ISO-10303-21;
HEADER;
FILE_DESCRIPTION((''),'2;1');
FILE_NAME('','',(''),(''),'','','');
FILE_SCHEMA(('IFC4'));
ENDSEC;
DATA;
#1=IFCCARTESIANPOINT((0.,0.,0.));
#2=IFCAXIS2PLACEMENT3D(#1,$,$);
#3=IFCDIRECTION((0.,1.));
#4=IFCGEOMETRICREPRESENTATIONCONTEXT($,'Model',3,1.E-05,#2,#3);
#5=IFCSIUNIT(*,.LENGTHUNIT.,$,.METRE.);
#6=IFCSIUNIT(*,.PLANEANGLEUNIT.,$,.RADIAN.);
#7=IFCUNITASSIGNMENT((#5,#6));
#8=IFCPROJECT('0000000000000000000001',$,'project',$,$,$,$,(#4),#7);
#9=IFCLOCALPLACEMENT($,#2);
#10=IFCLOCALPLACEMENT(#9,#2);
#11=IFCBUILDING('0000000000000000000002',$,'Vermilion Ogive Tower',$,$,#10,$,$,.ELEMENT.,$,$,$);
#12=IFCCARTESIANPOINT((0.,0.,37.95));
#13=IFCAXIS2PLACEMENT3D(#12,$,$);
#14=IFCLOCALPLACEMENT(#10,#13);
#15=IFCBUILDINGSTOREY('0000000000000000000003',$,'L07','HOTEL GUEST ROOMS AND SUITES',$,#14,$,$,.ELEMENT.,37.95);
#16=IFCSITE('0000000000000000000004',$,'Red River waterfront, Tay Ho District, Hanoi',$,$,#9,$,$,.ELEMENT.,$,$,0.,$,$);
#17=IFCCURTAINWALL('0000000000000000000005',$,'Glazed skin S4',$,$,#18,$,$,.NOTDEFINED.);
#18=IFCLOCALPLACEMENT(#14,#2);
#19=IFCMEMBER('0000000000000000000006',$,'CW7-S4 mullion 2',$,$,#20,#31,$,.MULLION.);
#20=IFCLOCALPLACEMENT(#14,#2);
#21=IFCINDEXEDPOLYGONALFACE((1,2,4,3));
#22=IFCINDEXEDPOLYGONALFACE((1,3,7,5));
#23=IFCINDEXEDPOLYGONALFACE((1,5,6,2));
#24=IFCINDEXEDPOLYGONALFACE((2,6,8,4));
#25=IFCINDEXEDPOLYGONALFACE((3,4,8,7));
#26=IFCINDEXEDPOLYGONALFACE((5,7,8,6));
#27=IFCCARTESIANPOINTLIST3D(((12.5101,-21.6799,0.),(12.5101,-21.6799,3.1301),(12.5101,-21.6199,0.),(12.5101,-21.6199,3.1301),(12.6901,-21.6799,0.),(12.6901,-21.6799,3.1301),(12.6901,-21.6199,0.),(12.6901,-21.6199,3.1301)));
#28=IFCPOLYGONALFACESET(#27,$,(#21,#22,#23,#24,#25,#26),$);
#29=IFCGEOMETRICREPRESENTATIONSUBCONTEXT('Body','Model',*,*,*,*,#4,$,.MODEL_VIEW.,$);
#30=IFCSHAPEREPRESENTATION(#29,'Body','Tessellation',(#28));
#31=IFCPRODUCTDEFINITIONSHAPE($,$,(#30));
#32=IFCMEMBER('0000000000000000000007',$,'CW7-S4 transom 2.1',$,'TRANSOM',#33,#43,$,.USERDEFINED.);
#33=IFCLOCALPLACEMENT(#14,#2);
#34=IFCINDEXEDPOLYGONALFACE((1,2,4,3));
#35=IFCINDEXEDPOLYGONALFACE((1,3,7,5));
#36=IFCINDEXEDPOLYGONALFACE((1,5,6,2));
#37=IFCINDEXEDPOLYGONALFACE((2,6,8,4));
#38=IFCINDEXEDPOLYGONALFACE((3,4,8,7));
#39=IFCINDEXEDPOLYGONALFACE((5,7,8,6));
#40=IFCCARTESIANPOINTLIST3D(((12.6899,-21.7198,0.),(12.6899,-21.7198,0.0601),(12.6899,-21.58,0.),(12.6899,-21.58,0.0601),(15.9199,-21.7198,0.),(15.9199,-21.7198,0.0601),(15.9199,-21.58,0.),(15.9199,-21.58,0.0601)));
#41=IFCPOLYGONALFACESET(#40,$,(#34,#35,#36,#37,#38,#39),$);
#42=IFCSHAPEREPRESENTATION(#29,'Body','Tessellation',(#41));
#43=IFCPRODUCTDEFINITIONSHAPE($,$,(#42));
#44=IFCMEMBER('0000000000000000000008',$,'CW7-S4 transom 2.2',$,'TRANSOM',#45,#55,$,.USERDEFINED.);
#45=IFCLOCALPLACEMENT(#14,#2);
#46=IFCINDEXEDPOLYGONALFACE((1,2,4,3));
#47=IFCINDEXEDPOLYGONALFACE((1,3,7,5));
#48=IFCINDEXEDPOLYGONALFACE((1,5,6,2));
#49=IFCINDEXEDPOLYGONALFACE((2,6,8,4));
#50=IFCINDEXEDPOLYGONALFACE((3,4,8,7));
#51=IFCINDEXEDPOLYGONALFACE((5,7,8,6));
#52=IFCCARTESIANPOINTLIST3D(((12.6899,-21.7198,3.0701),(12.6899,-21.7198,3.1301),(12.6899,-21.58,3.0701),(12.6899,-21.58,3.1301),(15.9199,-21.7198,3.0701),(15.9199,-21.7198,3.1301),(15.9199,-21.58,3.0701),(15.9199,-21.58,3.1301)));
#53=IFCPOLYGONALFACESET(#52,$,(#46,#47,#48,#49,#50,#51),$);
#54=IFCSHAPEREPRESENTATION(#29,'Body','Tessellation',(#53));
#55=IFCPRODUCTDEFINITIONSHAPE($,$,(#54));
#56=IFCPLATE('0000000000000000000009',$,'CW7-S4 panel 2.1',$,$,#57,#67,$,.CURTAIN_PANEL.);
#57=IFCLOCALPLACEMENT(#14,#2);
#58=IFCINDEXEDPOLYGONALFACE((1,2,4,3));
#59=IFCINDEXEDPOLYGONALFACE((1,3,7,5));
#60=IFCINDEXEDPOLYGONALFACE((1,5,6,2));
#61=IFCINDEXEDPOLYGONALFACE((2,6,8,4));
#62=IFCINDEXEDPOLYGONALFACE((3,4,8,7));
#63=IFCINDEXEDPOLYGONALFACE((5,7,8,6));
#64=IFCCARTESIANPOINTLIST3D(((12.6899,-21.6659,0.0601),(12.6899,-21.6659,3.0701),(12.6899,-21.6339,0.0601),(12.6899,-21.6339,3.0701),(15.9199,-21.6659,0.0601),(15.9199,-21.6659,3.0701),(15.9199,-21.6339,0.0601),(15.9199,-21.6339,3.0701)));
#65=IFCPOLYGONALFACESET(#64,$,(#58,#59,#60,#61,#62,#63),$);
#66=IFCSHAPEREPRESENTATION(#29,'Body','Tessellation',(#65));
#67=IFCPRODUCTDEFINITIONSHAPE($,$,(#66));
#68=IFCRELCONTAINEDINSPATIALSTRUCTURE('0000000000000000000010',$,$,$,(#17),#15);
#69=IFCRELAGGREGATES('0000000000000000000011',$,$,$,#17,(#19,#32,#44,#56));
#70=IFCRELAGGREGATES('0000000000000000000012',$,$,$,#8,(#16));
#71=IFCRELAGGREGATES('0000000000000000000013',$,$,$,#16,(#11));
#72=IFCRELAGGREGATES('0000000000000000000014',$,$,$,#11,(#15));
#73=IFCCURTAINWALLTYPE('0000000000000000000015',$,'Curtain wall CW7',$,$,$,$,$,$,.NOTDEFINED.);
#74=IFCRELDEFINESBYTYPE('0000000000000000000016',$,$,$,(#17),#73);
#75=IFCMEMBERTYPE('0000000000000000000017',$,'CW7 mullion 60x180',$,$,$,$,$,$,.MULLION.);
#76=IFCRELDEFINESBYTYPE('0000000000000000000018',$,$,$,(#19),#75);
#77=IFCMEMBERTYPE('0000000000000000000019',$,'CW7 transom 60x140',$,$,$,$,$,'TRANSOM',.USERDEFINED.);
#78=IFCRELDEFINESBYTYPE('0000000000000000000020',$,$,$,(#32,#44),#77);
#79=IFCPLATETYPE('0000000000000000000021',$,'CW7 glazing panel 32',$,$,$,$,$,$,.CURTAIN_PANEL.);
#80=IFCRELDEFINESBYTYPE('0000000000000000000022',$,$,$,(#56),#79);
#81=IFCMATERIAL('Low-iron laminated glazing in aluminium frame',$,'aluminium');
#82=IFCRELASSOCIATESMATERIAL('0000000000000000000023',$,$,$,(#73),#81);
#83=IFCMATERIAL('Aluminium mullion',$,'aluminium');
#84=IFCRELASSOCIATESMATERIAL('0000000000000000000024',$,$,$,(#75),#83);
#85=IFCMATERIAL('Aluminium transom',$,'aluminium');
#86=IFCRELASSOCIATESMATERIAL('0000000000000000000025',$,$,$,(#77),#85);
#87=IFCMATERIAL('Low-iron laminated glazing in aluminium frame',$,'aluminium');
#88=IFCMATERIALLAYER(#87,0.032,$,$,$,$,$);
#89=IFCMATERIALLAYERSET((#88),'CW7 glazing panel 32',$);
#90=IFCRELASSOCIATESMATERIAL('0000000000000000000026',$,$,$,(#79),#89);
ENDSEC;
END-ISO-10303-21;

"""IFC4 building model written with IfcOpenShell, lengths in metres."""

from ifc_helpers import new_model, si_unit, direction, frame, origin, origin_2d, place, context, subcontext, project, spatial, rectangle, extrude, material, layer, layer_set, material_profile, profile_set, type_object, element, aggregate, save


model = new_model("IFC4")

# Units and contexts
model_context = context("Model", 3, precision=1e-05, world=origin(), true_north=direction((0.0, 1.0)))
body_context = subcontext(model_context, "Body", "Model", "MODEL_VIEW")
ifc_project = project(units=[si_unit("LENGTHUNIT", "METRE"), si_unit("PLANEANGLEUNIT", "RADIAN")], contexts=[model_context])

# Site, building, storey
site_placement = place(None, origin())
site = spatial("IfcSite", under=ifc_project, at=site_placement, Name="Red River waterfront, Tay Ho District, Hanoi", CompositionType="ELEMENT", RefElevation=0.0)
building_placement = place(site_placement, origin())
building = spatial("IfcBuilding", under=site, at=building_placement, Name="Vermilion Ogive Tower", CompositionType="ELEMENT")
storey_placement = place(building_placement, frame((0.0, 0.0, 37.95)))
storey = spatial("IfcBuildingStorey", under=building, at=storey_placement, Name="L07", Description="HOTEL GUEST ROOMS AND SUITES", CompositionType="ELEMENT", Elevation=37.95)

# Curtain wall, members, plate
ifc_material_1 = material(Name="Low-iron laminated glazing in aluminium frame", Category="aluminium")
curtain_wall_type = type_object("IfcCurtainWallType", Name="Curtain wall CW7", PredefinedType="NOTDEFINED", material=ifc_material_1)
curtain_wall_placement = place(storey_placement, origin())
curtain_wall = element("IfcCurtainWall", 1, at=curtain_wall_placement, inside=storey, type_object=curtain_wall_type, Name="Glazed skin S4", PredefinedType="NOTDEFINED")
ifc_material_2 = material(Name="Aluminium mullion", Category="aluminium")
ifc_material_profile_1 = material_profile(ifc_material_2, rectangle(XDim=0.0601, YDim=0.1799, at=origin_2d()), Name="AL 60x180")
ifc_profile_set_1 = profile_set([ifc_material_profile_1], Name="Aluminium mullion")
member_type_1 = type_object("IfcMemberType", Name="CW7 mullion 60x180", PredefinedType="MULLION", material=ifc_profile_set_1)
member_1_placement = place(storey_placement, frame((12.6001, -21.6499, 0.0), z_axis=(0.0, 0.0, 1.0), x_axis=(0.0, 1.0, 0.0)))
member_1 = element("IfcMember", 2, at=member_1_placement, type_object=member_type_1, Name="CW7-S4 mullion 2", PredefinedType="MULLION", context=body_context, shape_type="SweptSolid", body=[
    extrude(rectangle(XDim=0.0601, YDim=0.1799, at=origin_2d()), origin(), (0.0, 0.0, 1.0), 3.1301),
])
ifc_material_3 = material(Name="Aluminium transom", Category="aluminium")
ifc_material_profile_2 = material_profile(ifc_material_3, rectangle(XDim=0.1399, YDim=0.0601, at=origin_2d()), Name="AL 60x140")
ifc_profile_set_2 = profile_set([ifc_material_profile_2], Name="Aluminium transom")
member_type_2 = type_object("IfcMemberType", Name="CW7 transom 60x140", ElementType="TRANSOM", PredefinedType="USERDEFINED", material=ifc_profile_set_2)
member_2_placement = place(storey_placement, frame((12.6899, -21.6499, 0.03), z_axis=(1.0, 0.0, 0.0), x_axis=(0.0, 1.0, 0.0)))
member_2 = element("IfcMember", 3, at=member_2_placement, type_object=member_type_2, Name="CW7-S4 transom 2.1", ObjectType="TRANSOM", PredefinedType="USERDEFINED", context=body_context, shape_type="SweptSolid", body=[
    extrude(rectangle(XDim=0.1399, YDim=0.0601, at=origin_2d()), origin(), (0.0, 0.0, 1.0), 3.23),
])
member_3_placement = place(storey_placement, frame((12.6899, -21.6499, 3.1001), z_axis=(1.0, 0.0, 0.0), x_axis=(0.0, 1.0, 0.0)))
member_3 = element("IfcMember", 4, at=member_3_placement, type_object=member_type_2, Name="CW7-S4 transom 2.2", ObjectType="TRANSOM", PredefinedType="USERDEFINED", context=body_context, shape_type="SweptSolid", body=[
    extrude(rectangle(XDim=0.1399, YDim=0.0601, at=origin_2d()), origin(), (0.0, 0.0, 1.0), 3.23),
])
ifc_material_4 = material(Name="Low-iron laminated glazing in aluminium frame", Category="aluminium")
ifc_layer_1 = layer(ifc_material_4, 0.032)
ifc_layer_set_1 = layer_set([ifc_layer_1], Name="CW7 glazing panel 32")
plate_type = type_object("IfcPlateType", Name="CW7 glazing panel 32", PredefinedType="CURTAIN_PANEL", material=ifc_layer_set_1)
plate_placement = place(storey_placement, frame((14.3049, -21.6499, 0.0601), z_axis=(0.0, 0.0, 1.0), x_axis=(1.0, 0.0, 0.0)))
plate = element("IfcPlate", 5, at=plate_placement, type_object=plate_type, Name="CW7-S4 panel 2.1", PredefinedType="CURTAIN_PANEL", context=body_context, shape_type="SweptSolid", body=[
    extrude(rectangle(XDim=3.23, YDim=0.032, at=origin_2d()), origin(), (0.0, 0.0, 1.0), 3.01),
])
aggregate(curtain_wall, [member_1, member_2, member_3, plate])

save(model, "model.ifc")
